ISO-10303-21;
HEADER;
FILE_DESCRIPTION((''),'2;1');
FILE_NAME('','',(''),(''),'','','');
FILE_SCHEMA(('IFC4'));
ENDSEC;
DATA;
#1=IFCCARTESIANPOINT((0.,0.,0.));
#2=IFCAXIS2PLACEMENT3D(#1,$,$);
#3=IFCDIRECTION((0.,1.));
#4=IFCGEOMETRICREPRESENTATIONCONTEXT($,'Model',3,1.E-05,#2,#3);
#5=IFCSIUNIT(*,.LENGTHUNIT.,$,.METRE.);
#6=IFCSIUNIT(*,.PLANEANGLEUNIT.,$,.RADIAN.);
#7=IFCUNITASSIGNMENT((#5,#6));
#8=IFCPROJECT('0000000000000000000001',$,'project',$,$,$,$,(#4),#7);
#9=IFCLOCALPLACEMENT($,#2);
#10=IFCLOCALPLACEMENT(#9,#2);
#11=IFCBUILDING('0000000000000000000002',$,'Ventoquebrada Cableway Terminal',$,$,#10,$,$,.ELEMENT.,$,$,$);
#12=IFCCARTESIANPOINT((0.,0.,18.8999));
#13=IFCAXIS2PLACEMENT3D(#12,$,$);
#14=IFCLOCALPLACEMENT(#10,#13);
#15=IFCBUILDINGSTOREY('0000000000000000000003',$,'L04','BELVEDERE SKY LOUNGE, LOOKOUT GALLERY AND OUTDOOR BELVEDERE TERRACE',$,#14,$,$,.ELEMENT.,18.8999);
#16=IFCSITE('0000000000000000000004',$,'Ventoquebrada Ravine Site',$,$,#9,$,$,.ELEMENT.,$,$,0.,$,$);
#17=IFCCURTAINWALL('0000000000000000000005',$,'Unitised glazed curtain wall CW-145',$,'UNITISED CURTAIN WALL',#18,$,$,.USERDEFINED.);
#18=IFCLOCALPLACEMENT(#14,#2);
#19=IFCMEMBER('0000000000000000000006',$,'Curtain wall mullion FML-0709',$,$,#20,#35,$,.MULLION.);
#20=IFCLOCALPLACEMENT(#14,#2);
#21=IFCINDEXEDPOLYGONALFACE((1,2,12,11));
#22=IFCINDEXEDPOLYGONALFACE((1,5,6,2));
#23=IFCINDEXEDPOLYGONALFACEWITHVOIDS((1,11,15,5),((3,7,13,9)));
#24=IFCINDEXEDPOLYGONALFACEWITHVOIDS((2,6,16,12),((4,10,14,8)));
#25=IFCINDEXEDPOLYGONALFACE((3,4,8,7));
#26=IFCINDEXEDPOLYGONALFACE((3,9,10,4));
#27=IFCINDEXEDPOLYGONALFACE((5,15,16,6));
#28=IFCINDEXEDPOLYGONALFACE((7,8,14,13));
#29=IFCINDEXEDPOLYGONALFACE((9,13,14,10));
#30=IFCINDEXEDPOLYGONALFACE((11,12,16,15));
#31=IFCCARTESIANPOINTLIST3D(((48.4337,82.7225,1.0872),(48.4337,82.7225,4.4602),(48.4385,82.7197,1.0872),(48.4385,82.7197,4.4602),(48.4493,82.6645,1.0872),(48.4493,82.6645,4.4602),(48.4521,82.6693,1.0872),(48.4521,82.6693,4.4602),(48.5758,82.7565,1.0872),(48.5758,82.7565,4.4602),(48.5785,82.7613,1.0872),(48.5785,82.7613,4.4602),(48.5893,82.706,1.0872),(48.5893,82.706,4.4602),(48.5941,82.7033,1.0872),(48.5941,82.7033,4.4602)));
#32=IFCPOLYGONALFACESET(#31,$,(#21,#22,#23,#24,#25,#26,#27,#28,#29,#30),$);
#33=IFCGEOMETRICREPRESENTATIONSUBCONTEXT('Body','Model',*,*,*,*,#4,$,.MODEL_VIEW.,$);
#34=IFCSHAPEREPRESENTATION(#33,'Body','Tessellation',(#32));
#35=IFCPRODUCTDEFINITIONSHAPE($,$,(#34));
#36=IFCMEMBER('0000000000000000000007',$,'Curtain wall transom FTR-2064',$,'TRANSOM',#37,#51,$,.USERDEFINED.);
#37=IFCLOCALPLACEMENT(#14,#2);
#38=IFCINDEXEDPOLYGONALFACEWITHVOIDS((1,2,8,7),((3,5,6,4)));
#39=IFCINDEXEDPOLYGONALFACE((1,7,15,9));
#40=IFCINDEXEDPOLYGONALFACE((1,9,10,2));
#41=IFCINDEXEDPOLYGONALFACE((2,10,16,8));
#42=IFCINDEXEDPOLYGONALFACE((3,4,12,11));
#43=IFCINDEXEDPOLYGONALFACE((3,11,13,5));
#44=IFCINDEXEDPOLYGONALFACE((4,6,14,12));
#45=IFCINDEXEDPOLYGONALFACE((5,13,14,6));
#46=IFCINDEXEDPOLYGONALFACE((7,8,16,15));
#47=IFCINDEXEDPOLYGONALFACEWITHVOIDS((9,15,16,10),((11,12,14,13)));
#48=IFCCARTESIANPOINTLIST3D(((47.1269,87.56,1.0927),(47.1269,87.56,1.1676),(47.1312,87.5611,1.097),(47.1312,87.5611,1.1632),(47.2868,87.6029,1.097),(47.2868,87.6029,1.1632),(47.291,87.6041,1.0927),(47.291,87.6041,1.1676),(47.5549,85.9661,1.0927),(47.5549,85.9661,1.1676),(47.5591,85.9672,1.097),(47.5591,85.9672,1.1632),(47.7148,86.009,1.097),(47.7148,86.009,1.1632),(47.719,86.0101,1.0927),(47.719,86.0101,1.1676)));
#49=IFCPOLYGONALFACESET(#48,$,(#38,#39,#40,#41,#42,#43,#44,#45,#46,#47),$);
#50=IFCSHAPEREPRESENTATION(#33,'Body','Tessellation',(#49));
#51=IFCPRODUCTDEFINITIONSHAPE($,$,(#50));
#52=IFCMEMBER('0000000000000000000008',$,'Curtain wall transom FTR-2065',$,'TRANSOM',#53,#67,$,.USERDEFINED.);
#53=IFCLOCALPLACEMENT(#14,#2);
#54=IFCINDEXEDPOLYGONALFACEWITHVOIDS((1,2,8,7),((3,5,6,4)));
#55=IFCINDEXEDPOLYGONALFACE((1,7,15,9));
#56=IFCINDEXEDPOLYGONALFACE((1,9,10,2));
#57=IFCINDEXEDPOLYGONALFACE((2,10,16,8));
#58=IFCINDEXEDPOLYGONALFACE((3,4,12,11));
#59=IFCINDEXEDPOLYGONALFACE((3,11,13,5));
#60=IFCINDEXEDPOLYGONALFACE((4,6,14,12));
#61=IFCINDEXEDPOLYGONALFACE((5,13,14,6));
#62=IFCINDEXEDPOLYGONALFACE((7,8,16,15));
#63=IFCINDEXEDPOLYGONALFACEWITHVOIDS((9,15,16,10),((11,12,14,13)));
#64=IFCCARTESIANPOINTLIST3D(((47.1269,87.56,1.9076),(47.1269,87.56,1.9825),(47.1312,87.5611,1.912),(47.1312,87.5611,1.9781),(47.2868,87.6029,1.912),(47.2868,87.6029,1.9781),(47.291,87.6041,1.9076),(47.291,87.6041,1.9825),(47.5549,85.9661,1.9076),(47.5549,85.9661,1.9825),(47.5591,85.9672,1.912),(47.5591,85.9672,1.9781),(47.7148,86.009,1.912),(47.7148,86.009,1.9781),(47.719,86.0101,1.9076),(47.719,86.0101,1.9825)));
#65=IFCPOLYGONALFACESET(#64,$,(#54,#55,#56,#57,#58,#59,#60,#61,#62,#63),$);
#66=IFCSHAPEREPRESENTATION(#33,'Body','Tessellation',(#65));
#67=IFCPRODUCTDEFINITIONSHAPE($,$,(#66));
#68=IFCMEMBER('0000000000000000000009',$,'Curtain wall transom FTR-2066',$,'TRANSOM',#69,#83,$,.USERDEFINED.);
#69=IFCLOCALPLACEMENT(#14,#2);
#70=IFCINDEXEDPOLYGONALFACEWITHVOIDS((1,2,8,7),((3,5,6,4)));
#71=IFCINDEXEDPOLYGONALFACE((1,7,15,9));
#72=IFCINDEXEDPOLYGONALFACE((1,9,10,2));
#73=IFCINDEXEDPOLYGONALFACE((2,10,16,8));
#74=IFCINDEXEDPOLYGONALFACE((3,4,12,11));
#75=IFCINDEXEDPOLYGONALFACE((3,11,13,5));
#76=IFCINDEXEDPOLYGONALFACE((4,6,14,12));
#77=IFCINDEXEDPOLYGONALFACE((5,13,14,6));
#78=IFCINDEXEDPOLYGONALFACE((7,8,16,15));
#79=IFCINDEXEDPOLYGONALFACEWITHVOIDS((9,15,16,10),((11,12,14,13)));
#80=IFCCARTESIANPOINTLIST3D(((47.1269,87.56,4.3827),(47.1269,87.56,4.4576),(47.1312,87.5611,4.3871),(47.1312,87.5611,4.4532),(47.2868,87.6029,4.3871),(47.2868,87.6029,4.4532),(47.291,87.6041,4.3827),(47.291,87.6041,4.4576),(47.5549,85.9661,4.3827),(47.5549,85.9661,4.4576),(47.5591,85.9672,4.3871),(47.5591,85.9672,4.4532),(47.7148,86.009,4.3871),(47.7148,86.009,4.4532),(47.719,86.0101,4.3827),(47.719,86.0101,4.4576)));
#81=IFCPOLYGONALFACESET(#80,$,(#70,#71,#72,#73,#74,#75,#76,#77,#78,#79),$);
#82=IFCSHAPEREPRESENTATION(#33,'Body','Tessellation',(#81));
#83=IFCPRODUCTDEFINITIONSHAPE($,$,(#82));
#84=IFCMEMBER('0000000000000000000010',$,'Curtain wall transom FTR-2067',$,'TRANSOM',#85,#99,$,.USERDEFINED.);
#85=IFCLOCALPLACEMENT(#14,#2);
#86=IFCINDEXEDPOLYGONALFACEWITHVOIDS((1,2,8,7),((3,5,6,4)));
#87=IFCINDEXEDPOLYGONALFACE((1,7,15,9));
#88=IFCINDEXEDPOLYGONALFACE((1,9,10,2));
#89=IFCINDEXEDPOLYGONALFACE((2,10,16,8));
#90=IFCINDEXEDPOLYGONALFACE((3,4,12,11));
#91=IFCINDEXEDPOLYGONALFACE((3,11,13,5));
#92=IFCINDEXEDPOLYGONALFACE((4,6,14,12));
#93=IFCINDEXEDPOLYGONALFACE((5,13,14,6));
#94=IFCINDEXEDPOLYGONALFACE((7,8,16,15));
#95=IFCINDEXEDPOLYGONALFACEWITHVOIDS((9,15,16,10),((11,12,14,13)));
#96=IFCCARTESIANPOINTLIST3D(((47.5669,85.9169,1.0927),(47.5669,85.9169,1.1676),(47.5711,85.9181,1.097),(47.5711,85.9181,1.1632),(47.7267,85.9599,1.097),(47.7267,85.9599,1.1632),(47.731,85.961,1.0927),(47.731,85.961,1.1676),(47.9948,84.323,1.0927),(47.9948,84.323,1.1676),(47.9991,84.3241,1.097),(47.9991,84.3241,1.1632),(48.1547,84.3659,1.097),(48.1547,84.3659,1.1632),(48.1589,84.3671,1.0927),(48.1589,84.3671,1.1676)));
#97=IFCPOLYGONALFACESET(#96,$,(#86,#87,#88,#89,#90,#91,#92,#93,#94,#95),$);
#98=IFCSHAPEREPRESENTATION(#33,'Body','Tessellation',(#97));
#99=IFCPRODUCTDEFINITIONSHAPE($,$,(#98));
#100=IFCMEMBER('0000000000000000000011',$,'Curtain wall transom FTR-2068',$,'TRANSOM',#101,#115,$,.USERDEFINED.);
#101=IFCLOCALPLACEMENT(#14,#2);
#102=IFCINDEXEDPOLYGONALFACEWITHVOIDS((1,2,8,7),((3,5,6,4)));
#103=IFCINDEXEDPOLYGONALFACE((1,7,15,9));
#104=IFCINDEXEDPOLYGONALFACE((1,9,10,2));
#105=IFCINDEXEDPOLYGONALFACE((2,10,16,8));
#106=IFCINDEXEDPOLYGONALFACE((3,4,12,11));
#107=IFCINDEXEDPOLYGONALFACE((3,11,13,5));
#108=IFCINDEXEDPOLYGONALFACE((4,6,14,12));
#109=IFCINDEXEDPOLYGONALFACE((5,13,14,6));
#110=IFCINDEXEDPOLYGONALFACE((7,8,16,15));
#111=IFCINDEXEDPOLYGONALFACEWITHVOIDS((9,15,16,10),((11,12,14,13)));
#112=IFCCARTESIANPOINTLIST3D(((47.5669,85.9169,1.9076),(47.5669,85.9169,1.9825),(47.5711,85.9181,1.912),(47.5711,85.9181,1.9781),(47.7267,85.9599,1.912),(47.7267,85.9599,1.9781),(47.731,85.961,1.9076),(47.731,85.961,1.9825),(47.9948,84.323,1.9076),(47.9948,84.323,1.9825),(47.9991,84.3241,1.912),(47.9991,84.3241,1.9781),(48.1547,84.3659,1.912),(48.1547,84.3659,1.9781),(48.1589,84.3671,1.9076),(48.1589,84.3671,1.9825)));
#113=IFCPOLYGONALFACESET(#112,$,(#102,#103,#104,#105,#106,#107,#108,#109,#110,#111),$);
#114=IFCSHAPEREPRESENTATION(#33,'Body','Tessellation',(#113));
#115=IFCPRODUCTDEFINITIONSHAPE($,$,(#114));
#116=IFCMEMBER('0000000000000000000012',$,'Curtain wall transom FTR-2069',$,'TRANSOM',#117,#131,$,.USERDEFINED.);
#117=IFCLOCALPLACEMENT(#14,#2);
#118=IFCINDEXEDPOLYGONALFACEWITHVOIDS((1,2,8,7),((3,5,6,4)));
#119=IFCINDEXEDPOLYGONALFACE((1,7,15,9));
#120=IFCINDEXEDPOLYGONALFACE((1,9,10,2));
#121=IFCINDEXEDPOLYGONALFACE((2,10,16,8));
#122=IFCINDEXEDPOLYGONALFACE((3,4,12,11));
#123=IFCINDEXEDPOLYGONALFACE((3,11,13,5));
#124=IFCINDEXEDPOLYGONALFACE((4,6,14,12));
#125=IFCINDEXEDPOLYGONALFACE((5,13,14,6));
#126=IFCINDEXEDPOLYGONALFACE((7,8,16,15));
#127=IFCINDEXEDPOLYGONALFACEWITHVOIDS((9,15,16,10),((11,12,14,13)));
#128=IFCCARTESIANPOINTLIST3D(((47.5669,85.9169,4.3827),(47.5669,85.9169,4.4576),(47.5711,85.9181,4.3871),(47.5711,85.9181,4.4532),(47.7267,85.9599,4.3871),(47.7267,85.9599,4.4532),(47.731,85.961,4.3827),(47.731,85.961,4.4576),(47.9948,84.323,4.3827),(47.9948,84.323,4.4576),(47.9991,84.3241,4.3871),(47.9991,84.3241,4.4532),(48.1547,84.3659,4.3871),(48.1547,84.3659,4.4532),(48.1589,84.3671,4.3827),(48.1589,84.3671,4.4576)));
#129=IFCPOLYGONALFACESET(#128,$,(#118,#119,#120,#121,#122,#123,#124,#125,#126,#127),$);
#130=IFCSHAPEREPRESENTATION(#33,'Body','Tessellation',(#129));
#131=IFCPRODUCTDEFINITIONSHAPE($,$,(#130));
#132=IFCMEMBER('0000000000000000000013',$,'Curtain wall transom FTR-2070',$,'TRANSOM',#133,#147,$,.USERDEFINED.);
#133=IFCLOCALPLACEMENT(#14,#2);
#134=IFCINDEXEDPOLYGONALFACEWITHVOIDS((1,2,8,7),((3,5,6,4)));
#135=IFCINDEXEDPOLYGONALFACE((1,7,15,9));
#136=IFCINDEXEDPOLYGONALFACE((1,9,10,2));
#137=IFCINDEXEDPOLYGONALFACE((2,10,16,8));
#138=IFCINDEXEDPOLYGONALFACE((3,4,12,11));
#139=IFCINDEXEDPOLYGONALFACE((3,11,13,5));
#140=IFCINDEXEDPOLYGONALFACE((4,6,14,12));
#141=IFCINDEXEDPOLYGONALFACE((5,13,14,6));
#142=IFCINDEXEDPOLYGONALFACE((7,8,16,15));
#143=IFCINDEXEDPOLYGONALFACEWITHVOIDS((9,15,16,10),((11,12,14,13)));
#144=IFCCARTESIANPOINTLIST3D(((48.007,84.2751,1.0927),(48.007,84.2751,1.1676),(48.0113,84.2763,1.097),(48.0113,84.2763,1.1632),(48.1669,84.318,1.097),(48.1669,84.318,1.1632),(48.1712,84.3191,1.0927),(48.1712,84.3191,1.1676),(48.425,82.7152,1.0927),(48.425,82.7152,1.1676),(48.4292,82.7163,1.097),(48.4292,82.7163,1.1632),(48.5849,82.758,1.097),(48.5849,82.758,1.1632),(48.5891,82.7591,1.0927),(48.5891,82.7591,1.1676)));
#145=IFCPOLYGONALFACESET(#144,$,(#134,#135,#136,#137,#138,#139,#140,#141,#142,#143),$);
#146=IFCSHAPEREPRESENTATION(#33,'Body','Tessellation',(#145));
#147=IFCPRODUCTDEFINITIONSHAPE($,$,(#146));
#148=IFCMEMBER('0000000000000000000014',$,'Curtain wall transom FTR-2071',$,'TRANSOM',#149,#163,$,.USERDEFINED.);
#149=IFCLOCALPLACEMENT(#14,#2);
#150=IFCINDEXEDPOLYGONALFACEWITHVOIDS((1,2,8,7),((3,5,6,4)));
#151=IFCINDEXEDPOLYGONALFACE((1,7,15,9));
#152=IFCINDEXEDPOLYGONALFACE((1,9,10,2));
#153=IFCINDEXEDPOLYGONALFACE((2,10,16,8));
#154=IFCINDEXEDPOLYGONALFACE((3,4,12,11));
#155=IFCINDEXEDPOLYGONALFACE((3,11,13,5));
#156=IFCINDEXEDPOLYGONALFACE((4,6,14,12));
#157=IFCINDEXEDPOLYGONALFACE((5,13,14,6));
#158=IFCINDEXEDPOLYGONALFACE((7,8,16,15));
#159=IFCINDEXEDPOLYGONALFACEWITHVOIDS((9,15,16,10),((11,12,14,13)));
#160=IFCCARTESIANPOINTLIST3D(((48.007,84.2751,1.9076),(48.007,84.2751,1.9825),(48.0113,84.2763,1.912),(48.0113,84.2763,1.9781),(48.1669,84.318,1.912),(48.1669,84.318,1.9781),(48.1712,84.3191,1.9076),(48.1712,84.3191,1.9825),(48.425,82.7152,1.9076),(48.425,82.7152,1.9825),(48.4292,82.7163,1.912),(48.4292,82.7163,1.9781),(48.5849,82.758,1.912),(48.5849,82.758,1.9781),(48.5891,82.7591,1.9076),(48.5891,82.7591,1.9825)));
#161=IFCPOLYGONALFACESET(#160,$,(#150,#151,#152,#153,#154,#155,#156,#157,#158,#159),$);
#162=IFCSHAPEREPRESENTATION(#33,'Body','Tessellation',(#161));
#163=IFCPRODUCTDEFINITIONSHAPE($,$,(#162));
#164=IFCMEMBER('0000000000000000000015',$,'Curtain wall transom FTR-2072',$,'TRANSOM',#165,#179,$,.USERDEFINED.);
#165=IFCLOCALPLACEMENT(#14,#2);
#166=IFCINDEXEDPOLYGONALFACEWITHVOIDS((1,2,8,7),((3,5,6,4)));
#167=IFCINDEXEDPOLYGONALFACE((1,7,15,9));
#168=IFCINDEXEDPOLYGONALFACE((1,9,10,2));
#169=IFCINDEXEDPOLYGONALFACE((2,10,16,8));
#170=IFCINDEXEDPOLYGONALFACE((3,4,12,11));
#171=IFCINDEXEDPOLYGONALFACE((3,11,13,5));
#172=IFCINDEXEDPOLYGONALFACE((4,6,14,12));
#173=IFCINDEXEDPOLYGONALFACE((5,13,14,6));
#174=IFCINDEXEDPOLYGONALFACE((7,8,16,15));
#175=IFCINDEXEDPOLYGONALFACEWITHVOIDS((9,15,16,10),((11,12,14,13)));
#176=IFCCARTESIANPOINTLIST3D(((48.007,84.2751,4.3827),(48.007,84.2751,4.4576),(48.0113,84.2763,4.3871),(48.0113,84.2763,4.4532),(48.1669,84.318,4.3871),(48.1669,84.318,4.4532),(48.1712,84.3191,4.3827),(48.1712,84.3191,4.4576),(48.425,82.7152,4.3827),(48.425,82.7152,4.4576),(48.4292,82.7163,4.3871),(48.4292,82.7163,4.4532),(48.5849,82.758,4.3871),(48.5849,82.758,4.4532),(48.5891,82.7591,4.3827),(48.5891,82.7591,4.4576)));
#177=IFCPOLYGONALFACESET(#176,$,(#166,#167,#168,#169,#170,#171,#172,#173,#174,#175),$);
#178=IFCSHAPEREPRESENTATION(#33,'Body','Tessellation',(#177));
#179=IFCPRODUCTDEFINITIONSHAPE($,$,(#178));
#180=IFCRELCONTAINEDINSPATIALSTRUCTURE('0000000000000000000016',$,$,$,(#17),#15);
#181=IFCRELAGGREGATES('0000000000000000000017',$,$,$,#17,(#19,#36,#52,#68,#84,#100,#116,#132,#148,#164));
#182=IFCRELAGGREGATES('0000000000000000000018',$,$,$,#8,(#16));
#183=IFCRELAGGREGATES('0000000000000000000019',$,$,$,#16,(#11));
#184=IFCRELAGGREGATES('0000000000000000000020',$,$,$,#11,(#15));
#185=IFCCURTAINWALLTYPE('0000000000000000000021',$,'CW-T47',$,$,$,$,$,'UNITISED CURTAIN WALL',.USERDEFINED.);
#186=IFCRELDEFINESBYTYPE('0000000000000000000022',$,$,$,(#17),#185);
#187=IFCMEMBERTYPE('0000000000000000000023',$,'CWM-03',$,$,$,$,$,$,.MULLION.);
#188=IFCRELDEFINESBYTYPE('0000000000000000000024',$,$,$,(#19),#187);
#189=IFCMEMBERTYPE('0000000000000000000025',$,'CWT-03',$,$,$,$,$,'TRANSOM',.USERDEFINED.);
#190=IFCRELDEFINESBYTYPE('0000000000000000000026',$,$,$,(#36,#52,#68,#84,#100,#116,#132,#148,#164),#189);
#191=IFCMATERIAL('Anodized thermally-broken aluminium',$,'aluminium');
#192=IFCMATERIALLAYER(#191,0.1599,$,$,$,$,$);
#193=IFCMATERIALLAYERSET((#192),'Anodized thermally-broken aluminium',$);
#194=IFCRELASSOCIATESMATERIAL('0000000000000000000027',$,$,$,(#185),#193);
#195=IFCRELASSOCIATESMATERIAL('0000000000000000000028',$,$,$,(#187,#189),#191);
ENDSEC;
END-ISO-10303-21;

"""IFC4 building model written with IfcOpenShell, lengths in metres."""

from ifc_helpers import new_model, si_unit, direction, frame, origin, origin_2d, place, context, subcontext, project, spatial, hollow_rectangle, extrude, material, layer, layer_set, material_profile, profile_set, type_object, element, aggregate, save


model = new_model("IFC4")

# Units and contexts
model_context = context("Model", 3, precision=1e-05, world=origin(), true_north=direction((0.0, 1.0)))
body_context = subcontext(model_context, "Body", "Model", "MODEL_VIEW")
ifc_project = project(units=[si_unit("LENGTHUNIT", "METRE"), si_unit("PLANEANGLEUNIT", "RADIAN")], contexts=[model_context])

# Site, building, storey
site_placement = place(None, origin())
site = spatial("IfcSite", under=ifc_project, at=site_placement, Name="Ventoquebrada Ravine Site", CompositionType="ELEMENT", RefElevation=0.0)
building_placement = place(site_placement, origin())
building = spatial("IfcBuilding", under=site, at=building_placement, Name="Ventoquebrada Cableway Terminal", CompositionType="ELEMENT")
storey_placement = place(building_placement, frame((0.0, 0.0, 18.8999)))
storey = spatial("IfcBuildingStorey", under=building, at=storey_placement, Name="L04", Description="BELVEDERE SKY LOUNGE, LOOKOUT GALLERY AND OUTDOOR BELVEDERE TERRACE", CompositionType="ELEMENT", Elevation=18.8999)

# Shared definitions
ifc_material_1 = material(Name="Anodized thermally-broken aluminium", Category="aluminium")
ifc_layer_1 = layer(ifc_material_1, 0.1599)
ifc_layer_set_1 = layer_set([ifc_layer_1], Name="Anodized thermally-broken aluminium")
curtain_wall_type = type_object("IfcCurtainWallType", Name="CW-T47", ElementType="UNITISED CURTAIN WALL", PredefinedType="USERDEFINED", material=ifc_layer_set_1)
ifc_material_profile_1 = material_profile(ifc_material_1, hollow_rectangle(XDim=0.0601, YDim=0.1499, WallThickness=0.0039, at=origin_2d()), Name="CW-MUL-60X150")
ifc_profile_set_1 = profile_set([ifc_material_profile_1], Name="Anodized thermally-broken aluminium")
member_type_1 = type_object("IfcMemberType", Name="CWM-03", PredefinedType="MULLION", material=ifc_profile_set_1)

# Curtain wall, members
curtain_wall_1_placement = place(storey_placement, origin())
curtain_wall_1 = element("IfcCurtainWall", 1, at=curtain_wall_1_placement, inside=storey, type_object=curtain_wall_type, Name="Unitised glazed curtain wall CW-145", ObjectType="UNITISED CURTAIN WALL", PredefinedType="USERDEFINED")
member_1_placement = place(storey_placement, frame((48.5139, 82.7129, 1.0872), z_axis=(0.0, 0.0, 1.0), x_axis=(0.258802, -0.96593, 0.0)))
member_1 = element("IfcMember", 2, at=member_1_placement, type_object=member_type_1, Name="Curtain wall mullion FML-0709", PredefinedType="MULLION", context=body_context, shape_type="SweptSolid", body=[
    extrude(hollow_rectangle(XDim=0.0601, YDim=0.1499, WallThickness=0.0039, at=origin_2d()), origin(), (0.0, 0.0, 1.0), 3.373),
])
ifc_material_profile_2 = material_profile(ifc_material_1, hollow_rectangle(XDim=0.075, YDim=0.1699, WallThickness=0.0044, at=origin_2d()), Name="CW-TRN-75X170")
ifc_profile_set_2 = profile_set([ifc_material_profile_2], Name="Anodized thermally-broken aluminium")
member_type_2 = type_object("IfcMemberType", Name="CWT-03", ElementType="TRANSOM", PredefinedType="USERDEFINED", material=ifc_profile_set_2)
member_2_placement = place(storey_placement, frame((47.209, 87.582, 1.1301), z_axis=(0.25931, -0.965794, 0.0), x_axis=(0.0, 0.0, 1.0)))
member_2 = element("IfcMember", 3, at=member_2_placement, type_object=member_type_2, Name="Curtain wall transom FTR-2064", ObjectType="TRANSOM", PredefinedType="USERDEFINED", context=body_context, shape_type="SweptSolid", body=[
    extrude(hollow_rectangle(XDim=0.075, YDim=0.1699, WallThickness=0.0044, at=origin_2d()), origin(), (0.0, 0.0, 1.0), 1.6504),
])
member_3_placement = place(storey_placement, frame((47.209, 87.582, 1.9451), z_axis=(0.25931, -0.965794, 0.0), x_axis=(0.0, 0.0, 1.0)))
member_3 = element("IfcMember", 4, at=member_3_placement, type_object=member_type_2, Name="Curtain wall transom FTR-2065", ObjectType="TRANSOM", PredefinedType="USERDEFINED", context=body_context, shape_type="SweptSolid", body=[
    extrude(hollow_rectangle(XDim=0.075, YDim=0.1699, WallThickness=0.0044, at=origin_2d()), origin(), (0.0, 0.0, 1.0), 1.6504),
])
member_4_placement = place(storey_placement, frame((47.209, 87.582, 4.4202), z_axis=(0.25931, -0.965794, 0.0), x_axis=(0.0, 0.0, 1.0)))
member_4 = element("IfcMember", 5, at=member_4_placement, type_object=member_type_2, Name="Curtain wall transom FTR-2066", ObjectType="TRANSOM", PredefinedType="USERDEFINED", context=body_context, shape_type="SweptSolid", body=[
    extrude(hollow_rectangle(XDim=0.075, YDim=0.1699, WallThickness=0.0044, at=origin_2d()), origin(), (0.0, 0.0, 1.0), 1.6504),
])
member_5_placement = place(storey_placement, frame((47.6489, 85.939, 1.1301), z_axis=(0.25931, -0.965794, 0.0), x_axis=(0.0, 0.0, 1.0)))
member_5 = element("IfcMember", 6, at=member_5_placement, type_object=member_type_2, Name="Curtain wall transom FTR-2067", ObjectType="TRANSOM", PredefinedType="USERDEFINED", context=body_context, shape_type="SweptSolid", body=[
    extrude(hollow_rectangle(XDim=0.075, YDim=0.1699, WallThickness=0.0044, at=origin_2d()), origin(), (0.0, 0.0, 1.0), 1.6504),
])
member_6_placement = place(storey_placement, frame((47.6489, 85.939, 1.9451), z_axis=(0.25931, -0.965794, 0.0), x_axis=(0.0, 0.0, 1.0)))
member_6 = element("IfcMember", 7, at=member_6_placement, type_object=member_type_2, Name="Curtain wall transom FTR-2068", ObjectType="TRANSOM", PredefinedType="USERDEFINED", context=body_context, shape_type="SweptSolid", body=[
    extrude(hollow_rectangle(XDim=0.075, YDim=0.1699, WallThickness=0.0044, at=origin_2d()), origin(), (0.0, 0.0, 1.0), 1.6504),
])
member_7_placement = place(storey_placement, frame((47.6489, 85.939, 4.4202), z_axis=(0.25931, -0.965794, 0.0), x_axis=(0.0, 0.0, 1.0)))
member_7 = element("IfcMember", 8, at=member_7_placement, type_object=member_type_2, Name="Curtain wall transom FTR-2069", ObjectType="TRANSOM", PredefinedType="USERDEFINED", context=body_context, shape_type="SweptSolid", body=[
    extrude(hollow_rectangle(XDim=0.075, YDim=0.1699, WallThickness=0.0044, at=origin_2d()), origin(), (0.0, 0.0, 1.0), 1.6504),
])
member_8_placement = place(storey_placement, frame((48.0891, 84.2971, 1.1301), z_axis=(0.258791, -0.965933, 0.0), x_axis=(0.0, 0.0, 1.0)))
member_8 = element("IfcMember", 9, at=member_8_placement, type_object=member_type_2, Name="Curtain wall transom FTR-2070", ObjectType="TRANSOM", PredefinedType="USERDEFINED", context=body_context, shape_type="SweptSolid", body=[
    extrude(hollow_rectangle(XDim=0.075, YDim=0.1699, WallThickness=0.0044, at=origin_2d()), origin(), (0.0, 0.0, 1.0), 1.615),
])
member_9_placement = place(storey_placement, frame((48.0891, 84.2971, 1.9451), z_axis=(0.258791, -0.965933, 0.0), x_axis=(0.0, 0.0, 1.0)))
member_9 = element("IfcMember", 10, at=member_9_placement, type_object=member_type_2, Name="Curtain wall transom FTR-2071", ObjectType="TRANSOM", PredefinedType="USERDEFINED", context=body_context, shape_type="SweptSolid", body=[
    extrude(hollow_rectangle(XDim=0.075, YDim=0.1699, WallThickness=0.0044, at=origin_2d()), origin(), (0.0, 0.0, 1.0), 1.615),
])
member_10_placement = place(storey_placement, frame((48.0891, 84.2971, 4.4202), z_axis=(0.258791, -0.965933, 0.0), x_axis=(0.0, 0.0, 1.0)))
member_10 = element("IfcMember", 11, at=member_10_placement, type_object=member_type_2, Name="Curtain wall transom FTR-2072", ObjectType="TRANSOM", PredefinedType="USERDEFINED", context=body_context, shape_type="SweptSolid", body=[
    extrude(hollow_rectangle(XDim=0.075, YDim=0.1699, WallThickness=0.0044, at=origin_2d()), origin(), (0.0, 0.0, 1.0), 1.615),
])

aggregate(curtain_wall_1, [member_1, member_2, member_3, member_4, member_5, member_6, member_7, member_8, member_9, member_10])

save(model, "model.ifc")
